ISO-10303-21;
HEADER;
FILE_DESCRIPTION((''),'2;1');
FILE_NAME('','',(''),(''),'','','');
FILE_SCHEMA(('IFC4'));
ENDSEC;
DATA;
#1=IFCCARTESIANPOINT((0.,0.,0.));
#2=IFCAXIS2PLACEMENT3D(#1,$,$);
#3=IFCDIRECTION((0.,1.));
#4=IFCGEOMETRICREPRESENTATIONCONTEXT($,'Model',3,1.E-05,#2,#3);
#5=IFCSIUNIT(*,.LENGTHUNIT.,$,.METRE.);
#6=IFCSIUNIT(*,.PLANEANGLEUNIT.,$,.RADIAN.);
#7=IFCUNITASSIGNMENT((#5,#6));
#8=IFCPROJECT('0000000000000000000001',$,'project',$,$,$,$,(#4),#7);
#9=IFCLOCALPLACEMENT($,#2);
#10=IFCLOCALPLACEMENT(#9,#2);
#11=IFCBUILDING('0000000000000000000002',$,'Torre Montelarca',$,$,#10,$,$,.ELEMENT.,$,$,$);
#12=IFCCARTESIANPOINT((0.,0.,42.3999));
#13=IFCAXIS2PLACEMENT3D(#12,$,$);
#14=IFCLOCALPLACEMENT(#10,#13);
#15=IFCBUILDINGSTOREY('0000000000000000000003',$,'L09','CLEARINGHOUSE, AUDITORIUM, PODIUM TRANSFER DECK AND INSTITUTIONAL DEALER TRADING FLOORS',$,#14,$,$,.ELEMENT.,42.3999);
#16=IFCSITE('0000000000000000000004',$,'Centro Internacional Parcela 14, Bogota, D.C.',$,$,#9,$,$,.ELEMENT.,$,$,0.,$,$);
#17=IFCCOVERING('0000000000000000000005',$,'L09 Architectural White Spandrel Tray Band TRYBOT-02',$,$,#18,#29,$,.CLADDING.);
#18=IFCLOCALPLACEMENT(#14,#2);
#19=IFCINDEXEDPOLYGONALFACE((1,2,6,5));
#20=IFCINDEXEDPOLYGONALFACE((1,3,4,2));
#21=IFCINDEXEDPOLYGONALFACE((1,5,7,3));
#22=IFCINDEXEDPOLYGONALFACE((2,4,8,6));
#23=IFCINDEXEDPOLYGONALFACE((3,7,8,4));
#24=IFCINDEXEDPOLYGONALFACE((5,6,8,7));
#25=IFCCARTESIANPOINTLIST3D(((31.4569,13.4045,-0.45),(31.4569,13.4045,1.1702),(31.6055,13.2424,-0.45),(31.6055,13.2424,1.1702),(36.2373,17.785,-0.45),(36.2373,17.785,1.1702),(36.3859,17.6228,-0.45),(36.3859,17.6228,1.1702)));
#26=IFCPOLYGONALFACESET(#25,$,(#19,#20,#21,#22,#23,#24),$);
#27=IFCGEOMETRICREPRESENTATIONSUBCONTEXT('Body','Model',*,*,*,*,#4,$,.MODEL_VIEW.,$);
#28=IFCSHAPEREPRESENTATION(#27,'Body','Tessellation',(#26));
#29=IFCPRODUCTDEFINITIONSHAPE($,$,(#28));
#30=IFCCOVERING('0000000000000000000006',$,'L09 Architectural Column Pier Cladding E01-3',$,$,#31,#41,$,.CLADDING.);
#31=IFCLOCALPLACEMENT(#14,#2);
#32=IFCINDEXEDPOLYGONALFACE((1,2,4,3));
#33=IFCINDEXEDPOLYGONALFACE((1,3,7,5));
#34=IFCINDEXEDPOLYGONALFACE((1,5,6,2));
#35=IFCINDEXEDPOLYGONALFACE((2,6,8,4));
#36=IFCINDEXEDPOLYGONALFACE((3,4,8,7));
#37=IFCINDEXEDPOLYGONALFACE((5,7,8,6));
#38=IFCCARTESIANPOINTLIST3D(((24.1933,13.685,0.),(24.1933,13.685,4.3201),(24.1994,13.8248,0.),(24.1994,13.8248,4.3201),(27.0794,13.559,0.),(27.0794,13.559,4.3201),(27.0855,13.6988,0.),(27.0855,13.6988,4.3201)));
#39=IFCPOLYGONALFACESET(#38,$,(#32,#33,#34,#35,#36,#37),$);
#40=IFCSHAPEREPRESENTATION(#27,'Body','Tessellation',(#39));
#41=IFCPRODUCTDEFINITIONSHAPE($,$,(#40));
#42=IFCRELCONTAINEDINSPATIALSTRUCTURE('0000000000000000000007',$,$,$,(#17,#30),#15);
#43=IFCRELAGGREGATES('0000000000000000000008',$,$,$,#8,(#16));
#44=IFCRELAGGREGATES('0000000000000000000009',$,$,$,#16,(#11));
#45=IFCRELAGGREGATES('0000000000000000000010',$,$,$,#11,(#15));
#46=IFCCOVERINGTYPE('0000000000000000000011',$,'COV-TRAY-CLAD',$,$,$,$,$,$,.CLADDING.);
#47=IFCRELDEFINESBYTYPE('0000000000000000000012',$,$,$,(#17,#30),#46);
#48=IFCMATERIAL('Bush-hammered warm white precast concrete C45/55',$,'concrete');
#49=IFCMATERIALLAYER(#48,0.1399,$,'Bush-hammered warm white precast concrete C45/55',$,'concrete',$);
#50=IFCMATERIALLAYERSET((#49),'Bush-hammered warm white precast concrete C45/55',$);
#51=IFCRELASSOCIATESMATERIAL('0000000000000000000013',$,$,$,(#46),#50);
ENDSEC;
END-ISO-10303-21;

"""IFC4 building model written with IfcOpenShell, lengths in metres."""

from ifc_helpers import new_model, si_unit, direction, frame, origin, origin_2d, place, context, subcontext, project, spatial, rectangle, extrude, source, transform, mapped, material, layer, layer_set, type_object, element, save


model = new_model("IFC4")

# Units and contexts
model_context = context("Model", 3, precision=1e-05, world=origin(), true_north=direction((0.0, 1.0)))
body_context = subcontext(model_context, "Body", "Model", "MODEL_VIEW")
ifc_project = project(units=[si_unit("LENGTHUNIT", "METRE"), si_unit("PLANEANGLEUNIT", "RADIAN")], contexts=[model_context])

# Site, building, storey
site_placement = place(None, origin())
site = spatial("IfcSite", under=ifc_project, at=site_placement, Name="Centro Internacional Parcela 14, Bogota, D.C.", CompositionType="ELEMENT", RefElevation=0.0)
building_placement = place(site_placement, origin())
building = spatial("IfcBuilding", under=site, at=building_placement, Name="Torre Montelarca", CompositionType="ELEMENT")
storey_placement = place(building_placement, frame((0.0, 0.0, 42.3999)))
storey = spatial("IfcBuildingStorey", under=building, at=storey_placement, Name="L09", Description="CLEARINGHOUSE, AUDITORIUM, PODIUM TRANSFER DECK AND INSTITUTIONAL DEALER TRADING FLOORS", CompositionType="ELEMENT", Elevation=42.3999)

# Coverings
ifc_material_1 = material(Name="Bush-hammered warm white precast concrete C45/55", Category="concrete")
ifc_layer_1 = layer(ifc_material_1, 0.1399, Name="Bush-hammered warm white precast concrete C45/55", Category="concrete")
ifc_layer_set_1 = layer_set([ifc_layer_1], Name="Bush-hammered warm white precast concrete C45/55")
covering_type = type_object("IfcCoveringType", Name="COV-TRAY-CLAD", PredefinedType="CLADDING", material=ifc_layer_set_1)
shared_shape_1 = source(origin(), body_context, "Body", "SweptSolid", [
    extrude(rectangle(XDim=6.4839, YDim=0.22, at=origin_2d()), origin(), (0.0, 0.0, 1.0), 1.6201),
])
covering_1_placement = place(storey_placement, frame((33.9214, 15.5137, -0.45), z_axis=(0.0, 0.0, 1.0), x_axis=(0.73728, 0.675588, 0.0)))
element("IfcCovering", 1, at=covering_1_placement, inside=storey, type_object=covering_type, Name="L09 Architectural White Spandrel Tray Band TRYBOT-02", PredefinedType="CLADDING", context=body_context, shape_type="MappedRepresentation", body=[
    mapped(shared_shape_1, transform((0.0, 0.0, 0.0), scale=1.0)),
])
shared_shape_2 = source(origin(), body_context, "Body", "SweptSolid", [
    extrude(rectangle(XDim=2.8889, YDim=0.1399, at=origin_2d()), origin(), (0.0, 0.0, 1.0), 4.3201),
])
covering_2_placement = place(storey_placement, frame((25.6394, 13.6919, 0.0), z_axis=(0.0, 0.0, 1.0), x_axis=(0.999048, -0.043619, 0.0)))
element("IfcCovering", 2, at=covering_2_placement, inside=storey, type_object=covering_type, Name="L09 Architectural Column Pier Cladding E01-3", PredefinedType="CLADDING", context=body_context, shape_type="MappedRepresentation", body=[
    mapped(shared_shape_2, transform((0.0, 0.0, 0.0), scale=1.0)),
])

save(model, "model.ifc")
